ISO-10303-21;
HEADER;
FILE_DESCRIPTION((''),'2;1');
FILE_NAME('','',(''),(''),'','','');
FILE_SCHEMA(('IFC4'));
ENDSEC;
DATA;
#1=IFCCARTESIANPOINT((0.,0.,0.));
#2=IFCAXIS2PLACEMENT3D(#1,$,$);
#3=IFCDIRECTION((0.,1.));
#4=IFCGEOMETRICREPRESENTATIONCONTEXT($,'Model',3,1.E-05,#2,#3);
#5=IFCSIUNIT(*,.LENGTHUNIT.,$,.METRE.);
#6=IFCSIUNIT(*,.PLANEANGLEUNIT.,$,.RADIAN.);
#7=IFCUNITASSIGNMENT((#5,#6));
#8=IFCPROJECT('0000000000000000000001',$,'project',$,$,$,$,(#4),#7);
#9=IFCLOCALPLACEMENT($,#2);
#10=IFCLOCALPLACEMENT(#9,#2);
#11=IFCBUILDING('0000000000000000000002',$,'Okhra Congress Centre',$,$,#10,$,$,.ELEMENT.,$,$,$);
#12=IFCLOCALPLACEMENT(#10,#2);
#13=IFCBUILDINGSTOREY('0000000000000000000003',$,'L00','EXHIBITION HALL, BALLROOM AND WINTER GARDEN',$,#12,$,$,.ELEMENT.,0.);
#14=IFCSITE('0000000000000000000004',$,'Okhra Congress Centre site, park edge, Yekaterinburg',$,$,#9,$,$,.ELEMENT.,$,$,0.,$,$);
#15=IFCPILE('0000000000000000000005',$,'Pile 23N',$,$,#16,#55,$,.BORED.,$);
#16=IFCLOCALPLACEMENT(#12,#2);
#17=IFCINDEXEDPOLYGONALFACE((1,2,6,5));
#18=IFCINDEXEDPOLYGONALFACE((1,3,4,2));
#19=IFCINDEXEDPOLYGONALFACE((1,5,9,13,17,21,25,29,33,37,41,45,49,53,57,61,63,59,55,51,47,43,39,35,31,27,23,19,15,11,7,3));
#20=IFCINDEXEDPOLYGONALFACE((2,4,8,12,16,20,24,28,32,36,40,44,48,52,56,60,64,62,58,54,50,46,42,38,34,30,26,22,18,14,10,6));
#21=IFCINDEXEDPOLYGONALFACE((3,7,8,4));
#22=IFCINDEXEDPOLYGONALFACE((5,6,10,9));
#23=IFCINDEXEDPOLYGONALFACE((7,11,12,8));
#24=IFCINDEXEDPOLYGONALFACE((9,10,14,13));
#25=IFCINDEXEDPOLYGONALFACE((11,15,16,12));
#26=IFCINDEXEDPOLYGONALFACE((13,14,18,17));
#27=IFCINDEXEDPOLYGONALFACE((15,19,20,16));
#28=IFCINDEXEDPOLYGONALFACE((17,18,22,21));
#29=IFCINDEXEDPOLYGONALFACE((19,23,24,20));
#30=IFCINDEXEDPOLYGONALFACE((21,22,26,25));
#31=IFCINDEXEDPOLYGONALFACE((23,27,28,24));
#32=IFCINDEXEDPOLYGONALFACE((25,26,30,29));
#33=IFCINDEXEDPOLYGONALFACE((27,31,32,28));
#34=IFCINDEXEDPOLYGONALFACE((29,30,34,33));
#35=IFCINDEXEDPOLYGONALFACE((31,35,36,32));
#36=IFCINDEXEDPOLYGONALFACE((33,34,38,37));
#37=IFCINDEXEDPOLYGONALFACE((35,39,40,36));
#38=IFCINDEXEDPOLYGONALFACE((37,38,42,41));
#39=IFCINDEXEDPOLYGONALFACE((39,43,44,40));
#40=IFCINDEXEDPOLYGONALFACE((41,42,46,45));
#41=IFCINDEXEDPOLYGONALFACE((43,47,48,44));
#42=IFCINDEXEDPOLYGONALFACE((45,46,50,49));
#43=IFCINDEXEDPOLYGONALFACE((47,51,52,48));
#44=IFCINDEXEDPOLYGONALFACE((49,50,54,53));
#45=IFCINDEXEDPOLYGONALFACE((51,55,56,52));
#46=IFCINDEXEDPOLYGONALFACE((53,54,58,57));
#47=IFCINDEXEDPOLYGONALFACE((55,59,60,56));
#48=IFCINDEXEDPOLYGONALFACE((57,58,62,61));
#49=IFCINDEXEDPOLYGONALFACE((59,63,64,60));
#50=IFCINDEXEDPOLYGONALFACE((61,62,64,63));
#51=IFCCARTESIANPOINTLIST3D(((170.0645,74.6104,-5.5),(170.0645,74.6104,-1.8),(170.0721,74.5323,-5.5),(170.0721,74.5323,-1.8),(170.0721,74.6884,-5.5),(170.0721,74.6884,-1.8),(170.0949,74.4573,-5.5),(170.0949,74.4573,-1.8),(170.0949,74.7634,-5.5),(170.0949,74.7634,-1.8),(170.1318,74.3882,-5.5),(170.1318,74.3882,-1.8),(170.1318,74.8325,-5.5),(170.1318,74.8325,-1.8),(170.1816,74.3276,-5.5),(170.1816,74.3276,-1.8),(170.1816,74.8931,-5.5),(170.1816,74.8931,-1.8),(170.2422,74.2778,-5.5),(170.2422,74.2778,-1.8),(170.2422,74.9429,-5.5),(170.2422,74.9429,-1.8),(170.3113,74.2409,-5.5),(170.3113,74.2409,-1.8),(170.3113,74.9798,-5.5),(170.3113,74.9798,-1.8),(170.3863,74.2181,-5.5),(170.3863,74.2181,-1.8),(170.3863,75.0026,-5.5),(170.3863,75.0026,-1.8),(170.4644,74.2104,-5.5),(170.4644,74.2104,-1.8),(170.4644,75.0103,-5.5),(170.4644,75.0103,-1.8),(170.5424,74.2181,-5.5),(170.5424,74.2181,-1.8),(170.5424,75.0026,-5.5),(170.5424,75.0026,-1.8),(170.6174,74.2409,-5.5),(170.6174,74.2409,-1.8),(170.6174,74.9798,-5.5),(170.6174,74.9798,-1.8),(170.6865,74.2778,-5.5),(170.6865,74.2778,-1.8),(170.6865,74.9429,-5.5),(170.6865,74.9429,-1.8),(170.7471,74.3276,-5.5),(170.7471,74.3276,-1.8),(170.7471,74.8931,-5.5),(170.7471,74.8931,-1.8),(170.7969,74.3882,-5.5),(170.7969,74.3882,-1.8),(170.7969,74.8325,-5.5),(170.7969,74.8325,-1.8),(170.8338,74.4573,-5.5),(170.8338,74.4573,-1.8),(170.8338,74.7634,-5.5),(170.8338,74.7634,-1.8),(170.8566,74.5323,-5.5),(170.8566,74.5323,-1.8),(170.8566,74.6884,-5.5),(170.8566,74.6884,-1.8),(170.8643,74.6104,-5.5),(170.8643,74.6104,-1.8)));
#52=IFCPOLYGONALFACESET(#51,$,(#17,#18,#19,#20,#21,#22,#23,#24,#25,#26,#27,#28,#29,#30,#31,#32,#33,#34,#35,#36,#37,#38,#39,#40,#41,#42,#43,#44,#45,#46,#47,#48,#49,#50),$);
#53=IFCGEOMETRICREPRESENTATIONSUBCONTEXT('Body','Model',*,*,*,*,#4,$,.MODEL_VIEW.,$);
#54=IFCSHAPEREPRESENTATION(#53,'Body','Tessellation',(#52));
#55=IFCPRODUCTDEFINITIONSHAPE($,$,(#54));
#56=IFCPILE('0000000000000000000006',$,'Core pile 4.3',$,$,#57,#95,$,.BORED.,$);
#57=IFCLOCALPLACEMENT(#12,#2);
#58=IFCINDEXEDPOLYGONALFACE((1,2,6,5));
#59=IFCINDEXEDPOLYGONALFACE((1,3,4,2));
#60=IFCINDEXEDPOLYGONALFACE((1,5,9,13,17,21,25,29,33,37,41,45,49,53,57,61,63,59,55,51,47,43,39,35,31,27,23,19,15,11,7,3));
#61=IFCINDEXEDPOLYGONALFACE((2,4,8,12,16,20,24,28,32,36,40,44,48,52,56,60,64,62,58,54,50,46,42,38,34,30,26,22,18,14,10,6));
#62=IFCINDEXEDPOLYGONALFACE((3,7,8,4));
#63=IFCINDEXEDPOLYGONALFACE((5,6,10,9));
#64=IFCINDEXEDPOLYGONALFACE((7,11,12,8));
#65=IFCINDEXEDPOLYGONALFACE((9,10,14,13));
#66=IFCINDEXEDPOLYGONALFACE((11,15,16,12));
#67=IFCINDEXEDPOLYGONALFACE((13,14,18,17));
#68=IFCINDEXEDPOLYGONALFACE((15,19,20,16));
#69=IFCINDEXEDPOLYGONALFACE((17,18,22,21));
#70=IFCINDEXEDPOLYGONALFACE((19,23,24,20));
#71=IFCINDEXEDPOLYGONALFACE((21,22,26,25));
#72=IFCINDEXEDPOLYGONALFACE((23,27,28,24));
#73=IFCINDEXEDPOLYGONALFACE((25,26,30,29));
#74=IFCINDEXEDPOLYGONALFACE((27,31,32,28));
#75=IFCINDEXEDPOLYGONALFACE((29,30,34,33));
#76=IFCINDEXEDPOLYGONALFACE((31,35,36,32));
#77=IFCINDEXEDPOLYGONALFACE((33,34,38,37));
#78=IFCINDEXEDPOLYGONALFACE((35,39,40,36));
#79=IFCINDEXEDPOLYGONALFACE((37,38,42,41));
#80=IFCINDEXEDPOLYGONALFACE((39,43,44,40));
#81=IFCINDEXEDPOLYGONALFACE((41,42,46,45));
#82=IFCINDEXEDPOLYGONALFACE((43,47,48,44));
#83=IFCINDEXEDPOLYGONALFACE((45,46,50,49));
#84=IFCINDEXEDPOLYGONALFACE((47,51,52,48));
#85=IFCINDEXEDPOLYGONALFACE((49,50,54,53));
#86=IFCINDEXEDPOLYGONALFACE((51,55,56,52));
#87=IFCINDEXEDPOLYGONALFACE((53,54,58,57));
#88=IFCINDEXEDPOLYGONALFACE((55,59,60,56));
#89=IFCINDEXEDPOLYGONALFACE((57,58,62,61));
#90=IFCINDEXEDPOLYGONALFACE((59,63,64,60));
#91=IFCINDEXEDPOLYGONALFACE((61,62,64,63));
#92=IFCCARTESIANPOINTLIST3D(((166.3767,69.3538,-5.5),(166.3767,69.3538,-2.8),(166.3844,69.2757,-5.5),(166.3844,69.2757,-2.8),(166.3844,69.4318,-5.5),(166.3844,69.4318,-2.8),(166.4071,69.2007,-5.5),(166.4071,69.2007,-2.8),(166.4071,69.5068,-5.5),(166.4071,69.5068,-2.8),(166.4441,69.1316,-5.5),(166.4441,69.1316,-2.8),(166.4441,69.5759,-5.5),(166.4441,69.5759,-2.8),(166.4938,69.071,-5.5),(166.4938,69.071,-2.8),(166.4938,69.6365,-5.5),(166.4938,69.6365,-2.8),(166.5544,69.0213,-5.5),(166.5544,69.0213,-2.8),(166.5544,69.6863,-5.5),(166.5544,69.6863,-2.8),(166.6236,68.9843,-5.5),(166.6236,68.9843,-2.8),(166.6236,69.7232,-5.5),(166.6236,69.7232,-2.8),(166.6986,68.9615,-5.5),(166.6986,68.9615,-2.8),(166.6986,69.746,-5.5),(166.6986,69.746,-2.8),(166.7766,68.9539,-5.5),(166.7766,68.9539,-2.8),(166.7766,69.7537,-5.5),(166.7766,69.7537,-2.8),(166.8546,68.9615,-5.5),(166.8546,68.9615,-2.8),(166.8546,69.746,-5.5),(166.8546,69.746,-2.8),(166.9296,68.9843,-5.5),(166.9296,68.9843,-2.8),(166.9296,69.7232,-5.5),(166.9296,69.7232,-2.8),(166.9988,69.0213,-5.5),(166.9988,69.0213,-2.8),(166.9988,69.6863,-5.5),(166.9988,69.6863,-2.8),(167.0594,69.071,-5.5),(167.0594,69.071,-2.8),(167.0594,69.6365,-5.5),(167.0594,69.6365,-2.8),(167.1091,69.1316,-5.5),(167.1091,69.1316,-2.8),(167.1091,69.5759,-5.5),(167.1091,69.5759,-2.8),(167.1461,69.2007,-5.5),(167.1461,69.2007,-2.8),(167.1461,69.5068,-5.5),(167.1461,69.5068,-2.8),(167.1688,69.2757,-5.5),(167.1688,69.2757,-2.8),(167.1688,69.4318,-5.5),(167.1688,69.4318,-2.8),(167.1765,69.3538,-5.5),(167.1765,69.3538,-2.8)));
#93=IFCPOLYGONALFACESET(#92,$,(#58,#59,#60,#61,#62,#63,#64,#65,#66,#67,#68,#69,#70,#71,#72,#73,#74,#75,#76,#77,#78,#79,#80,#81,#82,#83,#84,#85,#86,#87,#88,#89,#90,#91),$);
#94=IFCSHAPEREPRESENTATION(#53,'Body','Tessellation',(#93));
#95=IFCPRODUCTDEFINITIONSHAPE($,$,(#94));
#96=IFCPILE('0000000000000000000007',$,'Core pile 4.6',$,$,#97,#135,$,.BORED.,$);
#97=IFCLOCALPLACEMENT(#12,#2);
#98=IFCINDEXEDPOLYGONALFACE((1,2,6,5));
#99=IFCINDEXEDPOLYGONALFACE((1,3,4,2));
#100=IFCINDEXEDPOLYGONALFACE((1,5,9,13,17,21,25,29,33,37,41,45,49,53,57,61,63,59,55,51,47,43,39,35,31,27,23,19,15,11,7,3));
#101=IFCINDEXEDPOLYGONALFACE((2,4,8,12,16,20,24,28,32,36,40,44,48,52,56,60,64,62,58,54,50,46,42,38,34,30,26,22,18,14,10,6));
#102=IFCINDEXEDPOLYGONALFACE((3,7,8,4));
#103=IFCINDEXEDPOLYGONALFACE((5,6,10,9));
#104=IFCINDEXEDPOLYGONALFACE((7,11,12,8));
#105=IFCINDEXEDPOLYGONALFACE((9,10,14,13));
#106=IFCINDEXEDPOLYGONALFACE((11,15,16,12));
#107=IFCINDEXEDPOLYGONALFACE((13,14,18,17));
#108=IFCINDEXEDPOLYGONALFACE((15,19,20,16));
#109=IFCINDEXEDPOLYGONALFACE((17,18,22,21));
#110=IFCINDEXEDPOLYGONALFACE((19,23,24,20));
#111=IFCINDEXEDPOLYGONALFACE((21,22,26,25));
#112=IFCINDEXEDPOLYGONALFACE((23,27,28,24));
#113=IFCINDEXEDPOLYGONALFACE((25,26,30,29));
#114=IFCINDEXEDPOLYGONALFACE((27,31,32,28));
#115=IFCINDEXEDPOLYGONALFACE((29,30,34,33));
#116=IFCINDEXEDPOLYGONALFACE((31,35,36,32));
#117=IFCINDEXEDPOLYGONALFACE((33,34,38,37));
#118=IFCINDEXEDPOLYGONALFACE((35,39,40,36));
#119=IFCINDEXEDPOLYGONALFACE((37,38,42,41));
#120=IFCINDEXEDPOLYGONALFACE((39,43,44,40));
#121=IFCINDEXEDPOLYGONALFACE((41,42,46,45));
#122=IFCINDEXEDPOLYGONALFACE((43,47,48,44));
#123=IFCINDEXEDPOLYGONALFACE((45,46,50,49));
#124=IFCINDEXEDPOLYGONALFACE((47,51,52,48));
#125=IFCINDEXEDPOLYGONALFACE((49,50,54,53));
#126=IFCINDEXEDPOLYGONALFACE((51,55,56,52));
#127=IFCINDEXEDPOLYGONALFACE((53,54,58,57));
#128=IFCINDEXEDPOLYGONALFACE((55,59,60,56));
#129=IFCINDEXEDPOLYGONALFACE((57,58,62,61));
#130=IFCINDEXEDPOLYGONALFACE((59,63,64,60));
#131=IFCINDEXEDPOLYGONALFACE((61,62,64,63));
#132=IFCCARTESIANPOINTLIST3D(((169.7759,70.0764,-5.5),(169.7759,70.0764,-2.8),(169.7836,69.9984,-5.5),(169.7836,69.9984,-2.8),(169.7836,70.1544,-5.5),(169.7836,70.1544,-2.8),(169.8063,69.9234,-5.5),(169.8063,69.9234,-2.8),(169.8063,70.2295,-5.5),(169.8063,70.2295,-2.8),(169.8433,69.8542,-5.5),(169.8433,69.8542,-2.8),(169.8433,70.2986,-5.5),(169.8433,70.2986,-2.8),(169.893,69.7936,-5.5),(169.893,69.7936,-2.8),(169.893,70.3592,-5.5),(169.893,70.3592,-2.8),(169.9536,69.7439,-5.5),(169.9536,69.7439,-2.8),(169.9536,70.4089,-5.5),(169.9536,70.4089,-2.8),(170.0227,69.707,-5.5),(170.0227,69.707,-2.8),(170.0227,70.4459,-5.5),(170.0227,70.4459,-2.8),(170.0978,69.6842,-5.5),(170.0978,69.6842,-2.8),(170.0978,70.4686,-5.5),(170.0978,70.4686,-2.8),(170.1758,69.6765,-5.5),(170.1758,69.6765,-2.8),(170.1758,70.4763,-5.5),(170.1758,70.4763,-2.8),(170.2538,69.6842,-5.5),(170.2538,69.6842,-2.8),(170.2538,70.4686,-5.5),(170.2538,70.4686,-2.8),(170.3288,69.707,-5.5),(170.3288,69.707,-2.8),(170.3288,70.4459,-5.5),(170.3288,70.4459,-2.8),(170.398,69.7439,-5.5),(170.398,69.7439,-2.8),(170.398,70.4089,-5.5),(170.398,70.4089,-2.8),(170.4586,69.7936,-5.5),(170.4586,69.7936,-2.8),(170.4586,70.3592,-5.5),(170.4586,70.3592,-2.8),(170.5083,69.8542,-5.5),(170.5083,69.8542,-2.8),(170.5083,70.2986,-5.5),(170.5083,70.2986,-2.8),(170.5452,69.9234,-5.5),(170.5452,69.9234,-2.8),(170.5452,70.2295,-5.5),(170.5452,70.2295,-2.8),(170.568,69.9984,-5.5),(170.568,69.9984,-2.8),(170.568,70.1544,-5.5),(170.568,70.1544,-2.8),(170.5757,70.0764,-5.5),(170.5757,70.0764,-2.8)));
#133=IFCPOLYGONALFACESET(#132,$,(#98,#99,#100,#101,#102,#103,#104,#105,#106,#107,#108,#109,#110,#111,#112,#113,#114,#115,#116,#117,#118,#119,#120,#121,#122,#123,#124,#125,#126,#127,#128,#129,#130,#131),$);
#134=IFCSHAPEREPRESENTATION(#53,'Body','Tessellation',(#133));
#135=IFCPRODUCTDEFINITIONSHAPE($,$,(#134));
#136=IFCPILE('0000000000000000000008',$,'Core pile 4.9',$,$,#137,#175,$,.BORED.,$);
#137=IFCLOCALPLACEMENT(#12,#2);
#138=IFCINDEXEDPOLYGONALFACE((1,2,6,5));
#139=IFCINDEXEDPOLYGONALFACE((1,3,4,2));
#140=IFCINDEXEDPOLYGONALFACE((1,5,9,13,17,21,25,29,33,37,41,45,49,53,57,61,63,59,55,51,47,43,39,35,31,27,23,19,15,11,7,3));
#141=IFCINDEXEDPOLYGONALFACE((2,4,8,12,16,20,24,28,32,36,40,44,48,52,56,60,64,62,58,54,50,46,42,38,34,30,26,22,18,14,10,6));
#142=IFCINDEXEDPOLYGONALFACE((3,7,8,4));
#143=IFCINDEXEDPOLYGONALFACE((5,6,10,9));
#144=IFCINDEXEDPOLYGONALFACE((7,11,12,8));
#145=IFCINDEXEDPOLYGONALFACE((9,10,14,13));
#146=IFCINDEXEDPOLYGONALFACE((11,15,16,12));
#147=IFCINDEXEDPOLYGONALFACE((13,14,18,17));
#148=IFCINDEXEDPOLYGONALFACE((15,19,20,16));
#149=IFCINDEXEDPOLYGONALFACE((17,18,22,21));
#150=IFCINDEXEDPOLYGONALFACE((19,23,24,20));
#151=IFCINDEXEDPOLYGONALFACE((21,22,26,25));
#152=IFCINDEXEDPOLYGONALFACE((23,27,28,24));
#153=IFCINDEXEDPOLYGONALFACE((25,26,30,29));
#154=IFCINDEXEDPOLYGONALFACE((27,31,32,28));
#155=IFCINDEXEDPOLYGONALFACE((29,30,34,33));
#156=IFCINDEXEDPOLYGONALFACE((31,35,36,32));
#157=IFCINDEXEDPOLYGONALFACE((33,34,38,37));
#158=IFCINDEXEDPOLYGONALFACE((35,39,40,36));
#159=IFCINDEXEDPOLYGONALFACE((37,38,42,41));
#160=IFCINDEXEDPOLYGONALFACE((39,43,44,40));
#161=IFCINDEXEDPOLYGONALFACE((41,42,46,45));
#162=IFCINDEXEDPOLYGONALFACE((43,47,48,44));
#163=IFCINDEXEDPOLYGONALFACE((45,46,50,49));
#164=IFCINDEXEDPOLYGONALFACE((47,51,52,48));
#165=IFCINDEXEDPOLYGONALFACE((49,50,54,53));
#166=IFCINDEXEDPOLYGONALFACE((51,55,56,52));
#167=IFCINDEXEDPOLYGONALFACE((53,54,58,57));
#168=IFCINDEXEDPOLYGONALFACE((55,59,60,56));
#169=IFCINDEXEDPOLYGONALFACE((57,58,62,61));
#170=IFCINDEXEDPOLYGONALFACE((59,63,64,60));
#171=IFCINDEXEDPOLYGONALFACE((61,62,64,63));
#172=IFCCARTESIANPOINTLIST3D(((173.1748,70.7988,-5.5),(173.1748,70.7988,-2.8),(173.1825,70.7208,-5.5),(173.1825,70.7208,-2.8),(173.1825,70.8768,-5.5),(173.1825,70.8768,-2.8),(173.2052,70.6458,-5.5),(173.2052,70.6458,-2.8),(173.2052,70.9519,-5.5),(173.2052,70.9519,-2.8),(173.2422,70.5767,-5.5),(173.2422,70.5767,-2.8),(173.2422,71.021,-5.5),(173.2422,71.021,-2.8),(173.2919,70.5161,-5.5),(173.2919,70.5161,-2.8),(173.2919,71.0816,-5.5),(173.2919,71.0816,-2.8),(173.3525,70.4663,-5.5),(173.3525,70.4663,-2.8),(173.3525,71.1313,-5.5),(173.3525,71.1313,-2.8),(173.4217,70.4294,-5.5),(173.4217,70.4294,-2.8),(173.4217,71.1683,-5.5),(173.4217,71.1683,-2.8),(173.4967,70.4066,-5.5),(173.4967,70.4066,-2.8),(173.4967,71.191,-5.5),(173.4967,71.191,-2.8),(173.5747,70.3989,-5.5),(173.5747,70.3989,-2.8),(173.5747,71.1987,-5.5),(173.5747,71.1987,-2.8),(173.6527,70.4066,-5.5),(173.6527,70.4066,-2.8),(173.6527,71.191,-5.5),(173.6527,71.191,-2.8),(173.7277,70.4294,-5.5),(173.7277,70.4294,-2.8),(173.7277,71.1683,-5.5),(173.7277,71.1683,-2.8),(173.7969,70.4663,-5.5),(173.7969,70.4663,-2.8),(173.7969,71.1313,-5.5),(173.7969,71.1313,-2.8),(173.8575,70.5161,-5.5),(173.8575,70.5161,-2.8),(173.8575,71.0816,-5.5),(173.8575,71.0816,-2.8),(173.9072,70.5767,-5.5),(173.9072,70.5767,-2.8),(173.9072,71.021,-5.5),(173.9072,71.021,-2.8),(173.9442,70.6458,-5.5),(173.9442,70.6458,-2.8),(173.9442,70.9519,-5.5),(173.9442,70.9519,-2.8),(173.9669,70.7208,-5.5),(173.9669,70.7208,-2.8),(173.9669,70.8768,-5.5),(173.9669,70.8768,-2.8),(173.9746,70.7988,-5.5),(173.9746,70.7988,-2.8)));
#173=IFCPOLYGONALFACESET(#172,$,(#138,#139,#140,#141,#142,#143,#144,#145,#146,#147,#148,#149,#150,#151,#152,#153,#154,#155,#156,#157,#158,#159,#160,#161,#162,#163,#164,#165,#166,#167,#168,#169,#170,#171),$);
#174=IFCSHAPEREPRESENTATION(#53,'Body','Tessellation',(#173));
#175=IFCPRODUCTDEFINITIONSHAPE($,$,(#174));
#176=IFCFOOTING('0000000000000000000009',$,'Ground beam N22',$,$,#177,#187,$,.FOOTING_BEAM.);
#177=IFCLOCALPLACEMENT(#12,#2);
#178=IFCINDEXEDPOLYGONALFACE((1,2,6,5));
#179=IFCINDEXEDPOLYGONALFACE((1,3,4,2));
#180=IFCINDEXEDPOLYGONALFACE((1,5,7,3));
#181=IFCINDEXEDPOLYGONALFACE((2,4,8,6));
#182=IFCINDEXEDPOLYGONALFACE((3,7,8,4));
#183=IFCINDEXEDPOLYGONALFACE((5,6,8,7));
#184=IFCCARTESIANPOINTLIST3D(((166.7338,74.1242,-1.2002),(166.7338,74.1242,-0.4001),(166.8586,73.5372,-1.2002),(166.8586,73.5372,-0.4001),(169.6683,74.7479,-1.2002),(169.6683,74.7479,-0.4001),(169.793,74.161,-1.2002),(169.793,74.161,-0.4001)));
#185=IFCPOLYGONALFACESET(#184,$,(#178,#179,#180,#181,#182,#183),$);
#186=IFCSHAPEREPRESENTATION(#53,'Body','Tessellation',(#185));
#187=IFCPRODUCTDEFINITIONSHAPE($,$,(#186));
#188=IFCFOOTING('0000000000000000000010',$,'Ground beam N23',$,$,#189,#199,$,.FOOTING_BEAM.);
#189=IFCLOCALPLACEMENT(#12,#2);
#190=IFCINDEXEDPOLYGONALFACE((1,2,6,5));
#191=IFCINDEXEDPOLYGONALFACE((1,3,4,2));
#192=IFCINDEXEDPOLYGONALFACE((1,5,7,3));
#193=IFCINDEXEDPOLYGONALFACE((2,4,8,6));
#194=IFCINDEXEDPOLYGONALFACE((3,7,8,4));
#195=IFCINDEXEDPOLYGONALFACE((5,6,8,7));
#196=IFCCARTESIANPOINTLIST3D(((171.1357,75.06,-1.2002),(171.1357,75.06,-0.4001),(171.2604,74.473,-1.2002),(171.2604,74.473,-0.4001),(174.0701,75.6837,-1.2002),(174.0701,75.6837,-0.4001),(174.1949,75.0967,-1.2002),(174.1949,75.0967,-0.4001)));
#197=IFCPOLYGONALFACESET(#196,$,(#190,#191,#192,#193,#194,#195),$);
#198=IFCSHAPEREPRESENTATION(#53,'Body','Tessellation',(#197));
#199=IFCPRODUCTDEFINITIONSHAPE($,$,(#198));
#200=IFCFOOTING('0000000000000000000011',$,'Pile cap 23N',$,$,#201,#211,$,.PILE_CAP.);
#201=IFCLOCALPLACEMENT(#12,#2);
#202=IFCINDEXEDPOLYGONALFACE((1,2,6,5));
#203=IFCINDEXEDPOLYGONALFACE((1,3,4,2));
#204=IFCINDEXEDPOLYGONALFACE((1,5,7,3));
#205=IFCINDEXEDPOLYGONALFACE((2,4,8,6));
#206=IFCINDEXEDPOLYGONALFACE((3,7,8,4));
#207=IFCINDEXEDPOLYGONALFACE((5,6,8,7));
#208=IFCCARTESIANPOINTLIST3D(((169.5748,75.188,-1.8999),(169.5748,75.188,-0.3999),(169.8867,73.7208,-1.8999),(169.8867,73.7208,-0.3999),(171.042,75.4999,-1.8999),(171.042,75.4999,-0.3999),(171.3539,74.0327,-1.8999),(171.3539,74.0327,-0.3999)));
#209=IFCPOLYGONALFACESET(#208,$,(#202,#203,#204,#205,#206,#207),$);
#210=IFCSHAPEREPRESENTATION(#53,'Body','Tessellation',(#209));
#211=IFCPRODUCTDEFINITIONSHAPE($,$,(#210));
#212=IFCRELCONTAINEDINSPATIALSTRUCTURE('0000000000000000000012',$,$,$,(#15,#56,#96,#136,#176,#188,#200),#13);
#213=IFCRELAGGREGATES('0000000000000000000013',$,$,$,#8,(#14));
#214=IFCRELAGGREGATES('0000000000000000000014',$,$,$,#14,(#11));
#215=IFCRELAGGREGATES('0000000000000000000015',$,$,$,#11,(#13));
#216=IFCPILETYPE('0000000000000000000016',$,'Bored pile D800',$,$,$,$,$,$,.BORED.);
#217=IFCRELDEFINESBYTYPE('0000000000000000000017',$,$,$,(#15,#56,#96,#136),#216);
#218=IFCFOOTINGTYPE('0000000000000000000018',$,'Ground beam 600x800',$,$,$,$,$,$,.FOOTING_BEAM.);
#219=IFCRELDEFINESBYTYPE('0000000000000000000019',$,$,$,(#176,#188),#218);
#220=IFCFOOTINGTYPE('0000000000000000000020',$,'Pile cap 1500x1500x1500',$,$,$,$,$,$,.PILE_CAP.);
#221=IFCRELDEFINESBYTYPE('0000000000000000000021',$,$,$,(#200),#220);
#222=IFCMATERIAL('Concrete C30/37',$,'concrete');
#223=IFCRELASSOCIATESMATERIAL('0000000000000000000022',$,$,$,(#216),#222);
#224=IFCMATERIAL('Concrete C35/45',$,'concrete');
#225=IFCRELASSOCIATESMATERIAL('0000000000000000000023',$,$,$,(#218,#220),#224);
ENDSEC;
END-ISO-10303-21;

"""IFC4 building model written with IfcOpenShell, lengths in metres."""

from ifc_helpers import new_model, si_unit, direction, frame, origin, origin_2d, place, context, subcontext, project, spatial, rectangle, circle, extrude, material, material_profile, profile_set, type_object, element, save


model = new_model("IFC4")

# Units and contexts
model_context = context("Model", 3, precision=1e-05, world=origin(), true_north=direction((0.0, 1.0)))
body_context = subcontext(model_context, "Body", "Model", "MODEL_VIEW")
ifc_project = project(units=[si_unit("LENGTHUNIT", "METRE"), si_unit("PLANEANGLEUNIT", "RADIAN")], contexts=[model_context])

# Site, building, storey
site_placement = place(None, origin())
site = spatial("IfcSite", under=ifc_project, at=site_placement, Name="Okhra Congress Centre site, park edge, Yekaterinburg", CompositionType="ELEMENT", RefElevation=0.0)
building_placement = place(site_placement, origin())
building = spatial("IfcBuilding", under=site, at=building_placement, Name="Okhra Congress Centre", CompositionType="ELEMENT")
storey_placement = place(building_placement, origin())
storey = spatial("IfcBuildingStorey", under=building, at=storey_placement, Name="L00", Description="EXHIBITION HALL, BALLROOM AND WINTER GARDEN", CompositionType="ELEMENT", Elevation=0.0)

# Piles
ifc_material_1 = material(Name="Concrete C30/37", Category="concrete")
ifc_material_profile_1 = material_profile(ifc_material_1, circle(Radius=0.3999, at=origin_2d()), Name="D800")
ifc_profile_set_1 = profile_set([ifc_material_profile_1], Name="Concrete C30/37")
pile_type = type_object("IfcPileType", Name="Bored pile D800", PredefinedType="BORED", material=ifc_profile_set_1)
pile_placement = place(storey_placement, frame((170.4644, 74.6104, -1.8), z_axis=(0.0, 0.0, -1.0), x_axis=(1.0, 0.0, 0.0)))
element("IfcPile", 1, at=pile_placement, inside=storey, type_object=pile_type, Name="Pile 23N", PredefinedType="BORED", context=body_context, shape_type="SweptSolid", body=[
    extrude(circle(Radius=0.3999, at=origin_2d()), origin(), (0.0, 0.0, 1.0), 3.7),
])
for number, where, z_axis, x_axis, name in (
    (2, (166.7766, 69.3538, -2.8), (0.0, 0.0, -1.0), (1.0, 0.0, 0.0), "Core pile 4.3"),
    (3, (170.1758, 70.0764, -2.8), (0.0, 0.0, -1.0), (1.0, 0.0, 0.0), "Core pile 4.6"),
    (4, (173.5747, 70.7988, -2.8), (0.0, 0.0, -1.0), (1.0, 0.0, 0.0), "Core pile 4.9"),
):
    element("IfcPile", number, at=place(storey_placement, frame(where, z_axis=z_axis, x_axis=x_axis)), inside=storey, type_object=pile_type, Name=name, PredefinedType="BORED", context=body_context, shape_type="SweptSolid", body=[
        extrude(circle(Radius=0.3999, at=origin_2d()), origin(), (0.0, 0.0, 1.0), 2.7),
    ])

# Footings
ifc_material_2 = material(Name="Concrete C35/45", Category="concrete")
footing_type_1 = type_object("IfcFootingType", Name="Ground beam 600x800", PredefinedType="FOOTING_BEAM", material=ifc_material_2)
for number, where, z_axis, x_axis, name in (
    (5, (168.2634, 74.1426, -1.2002), (0.0, 0.0, 1.0), (0.978148, 0.207912, 0.0), "Ground beam N22"),
    (6, (172.6653, 75.0784, -1.2002), (0.0, 0.0, 1.0), (0.978148, 0.207912, 0.0), "Ground beam N23"),
):
    element("IfcFooting", number, at=place(storey_placement, frame(where, z_axis=z_axis, x_axis=x_axis)), inside=storey, type_object=footing_type_1, Name=name, PredefinedType="FOOTING_BEAM", context=body_context, shape_type="SweptSolid", body=[
        extrude(rectangle(XDim=3.0, YDim=0.6001, at=origin_2d()), origin(), (0.0, 0.0, 1.0), 0.8),
    ])
footing_type_2 = type_object("IfcFootingType", Name="Pile cap 1500x1500x1500", PredefinedType="PILE_CAP", material=ifc_material_2)
footing_1_placement = place(storey_placement, frame((170.4644, 74.6104, -1.8999), z_axis=(0.0, 0.0, 1.0), x_axis=(0.978148, 0.207912, 0.0)))
element("IfcFooting", 7, at=footing_1_placement, inside=storey, type_object=footing_type_2, Name="Pile cap 23N", PredefinedType="PILE_CAP", context=body_context, shape_type="SweptSolid", body=[
    extrude(rectangle(XDim=1.5, YDim=1.5, at=origin_2d()), origin(), (0.0, 0.0, 1.0), 1.5),
])

save(model, "model.ifc")
